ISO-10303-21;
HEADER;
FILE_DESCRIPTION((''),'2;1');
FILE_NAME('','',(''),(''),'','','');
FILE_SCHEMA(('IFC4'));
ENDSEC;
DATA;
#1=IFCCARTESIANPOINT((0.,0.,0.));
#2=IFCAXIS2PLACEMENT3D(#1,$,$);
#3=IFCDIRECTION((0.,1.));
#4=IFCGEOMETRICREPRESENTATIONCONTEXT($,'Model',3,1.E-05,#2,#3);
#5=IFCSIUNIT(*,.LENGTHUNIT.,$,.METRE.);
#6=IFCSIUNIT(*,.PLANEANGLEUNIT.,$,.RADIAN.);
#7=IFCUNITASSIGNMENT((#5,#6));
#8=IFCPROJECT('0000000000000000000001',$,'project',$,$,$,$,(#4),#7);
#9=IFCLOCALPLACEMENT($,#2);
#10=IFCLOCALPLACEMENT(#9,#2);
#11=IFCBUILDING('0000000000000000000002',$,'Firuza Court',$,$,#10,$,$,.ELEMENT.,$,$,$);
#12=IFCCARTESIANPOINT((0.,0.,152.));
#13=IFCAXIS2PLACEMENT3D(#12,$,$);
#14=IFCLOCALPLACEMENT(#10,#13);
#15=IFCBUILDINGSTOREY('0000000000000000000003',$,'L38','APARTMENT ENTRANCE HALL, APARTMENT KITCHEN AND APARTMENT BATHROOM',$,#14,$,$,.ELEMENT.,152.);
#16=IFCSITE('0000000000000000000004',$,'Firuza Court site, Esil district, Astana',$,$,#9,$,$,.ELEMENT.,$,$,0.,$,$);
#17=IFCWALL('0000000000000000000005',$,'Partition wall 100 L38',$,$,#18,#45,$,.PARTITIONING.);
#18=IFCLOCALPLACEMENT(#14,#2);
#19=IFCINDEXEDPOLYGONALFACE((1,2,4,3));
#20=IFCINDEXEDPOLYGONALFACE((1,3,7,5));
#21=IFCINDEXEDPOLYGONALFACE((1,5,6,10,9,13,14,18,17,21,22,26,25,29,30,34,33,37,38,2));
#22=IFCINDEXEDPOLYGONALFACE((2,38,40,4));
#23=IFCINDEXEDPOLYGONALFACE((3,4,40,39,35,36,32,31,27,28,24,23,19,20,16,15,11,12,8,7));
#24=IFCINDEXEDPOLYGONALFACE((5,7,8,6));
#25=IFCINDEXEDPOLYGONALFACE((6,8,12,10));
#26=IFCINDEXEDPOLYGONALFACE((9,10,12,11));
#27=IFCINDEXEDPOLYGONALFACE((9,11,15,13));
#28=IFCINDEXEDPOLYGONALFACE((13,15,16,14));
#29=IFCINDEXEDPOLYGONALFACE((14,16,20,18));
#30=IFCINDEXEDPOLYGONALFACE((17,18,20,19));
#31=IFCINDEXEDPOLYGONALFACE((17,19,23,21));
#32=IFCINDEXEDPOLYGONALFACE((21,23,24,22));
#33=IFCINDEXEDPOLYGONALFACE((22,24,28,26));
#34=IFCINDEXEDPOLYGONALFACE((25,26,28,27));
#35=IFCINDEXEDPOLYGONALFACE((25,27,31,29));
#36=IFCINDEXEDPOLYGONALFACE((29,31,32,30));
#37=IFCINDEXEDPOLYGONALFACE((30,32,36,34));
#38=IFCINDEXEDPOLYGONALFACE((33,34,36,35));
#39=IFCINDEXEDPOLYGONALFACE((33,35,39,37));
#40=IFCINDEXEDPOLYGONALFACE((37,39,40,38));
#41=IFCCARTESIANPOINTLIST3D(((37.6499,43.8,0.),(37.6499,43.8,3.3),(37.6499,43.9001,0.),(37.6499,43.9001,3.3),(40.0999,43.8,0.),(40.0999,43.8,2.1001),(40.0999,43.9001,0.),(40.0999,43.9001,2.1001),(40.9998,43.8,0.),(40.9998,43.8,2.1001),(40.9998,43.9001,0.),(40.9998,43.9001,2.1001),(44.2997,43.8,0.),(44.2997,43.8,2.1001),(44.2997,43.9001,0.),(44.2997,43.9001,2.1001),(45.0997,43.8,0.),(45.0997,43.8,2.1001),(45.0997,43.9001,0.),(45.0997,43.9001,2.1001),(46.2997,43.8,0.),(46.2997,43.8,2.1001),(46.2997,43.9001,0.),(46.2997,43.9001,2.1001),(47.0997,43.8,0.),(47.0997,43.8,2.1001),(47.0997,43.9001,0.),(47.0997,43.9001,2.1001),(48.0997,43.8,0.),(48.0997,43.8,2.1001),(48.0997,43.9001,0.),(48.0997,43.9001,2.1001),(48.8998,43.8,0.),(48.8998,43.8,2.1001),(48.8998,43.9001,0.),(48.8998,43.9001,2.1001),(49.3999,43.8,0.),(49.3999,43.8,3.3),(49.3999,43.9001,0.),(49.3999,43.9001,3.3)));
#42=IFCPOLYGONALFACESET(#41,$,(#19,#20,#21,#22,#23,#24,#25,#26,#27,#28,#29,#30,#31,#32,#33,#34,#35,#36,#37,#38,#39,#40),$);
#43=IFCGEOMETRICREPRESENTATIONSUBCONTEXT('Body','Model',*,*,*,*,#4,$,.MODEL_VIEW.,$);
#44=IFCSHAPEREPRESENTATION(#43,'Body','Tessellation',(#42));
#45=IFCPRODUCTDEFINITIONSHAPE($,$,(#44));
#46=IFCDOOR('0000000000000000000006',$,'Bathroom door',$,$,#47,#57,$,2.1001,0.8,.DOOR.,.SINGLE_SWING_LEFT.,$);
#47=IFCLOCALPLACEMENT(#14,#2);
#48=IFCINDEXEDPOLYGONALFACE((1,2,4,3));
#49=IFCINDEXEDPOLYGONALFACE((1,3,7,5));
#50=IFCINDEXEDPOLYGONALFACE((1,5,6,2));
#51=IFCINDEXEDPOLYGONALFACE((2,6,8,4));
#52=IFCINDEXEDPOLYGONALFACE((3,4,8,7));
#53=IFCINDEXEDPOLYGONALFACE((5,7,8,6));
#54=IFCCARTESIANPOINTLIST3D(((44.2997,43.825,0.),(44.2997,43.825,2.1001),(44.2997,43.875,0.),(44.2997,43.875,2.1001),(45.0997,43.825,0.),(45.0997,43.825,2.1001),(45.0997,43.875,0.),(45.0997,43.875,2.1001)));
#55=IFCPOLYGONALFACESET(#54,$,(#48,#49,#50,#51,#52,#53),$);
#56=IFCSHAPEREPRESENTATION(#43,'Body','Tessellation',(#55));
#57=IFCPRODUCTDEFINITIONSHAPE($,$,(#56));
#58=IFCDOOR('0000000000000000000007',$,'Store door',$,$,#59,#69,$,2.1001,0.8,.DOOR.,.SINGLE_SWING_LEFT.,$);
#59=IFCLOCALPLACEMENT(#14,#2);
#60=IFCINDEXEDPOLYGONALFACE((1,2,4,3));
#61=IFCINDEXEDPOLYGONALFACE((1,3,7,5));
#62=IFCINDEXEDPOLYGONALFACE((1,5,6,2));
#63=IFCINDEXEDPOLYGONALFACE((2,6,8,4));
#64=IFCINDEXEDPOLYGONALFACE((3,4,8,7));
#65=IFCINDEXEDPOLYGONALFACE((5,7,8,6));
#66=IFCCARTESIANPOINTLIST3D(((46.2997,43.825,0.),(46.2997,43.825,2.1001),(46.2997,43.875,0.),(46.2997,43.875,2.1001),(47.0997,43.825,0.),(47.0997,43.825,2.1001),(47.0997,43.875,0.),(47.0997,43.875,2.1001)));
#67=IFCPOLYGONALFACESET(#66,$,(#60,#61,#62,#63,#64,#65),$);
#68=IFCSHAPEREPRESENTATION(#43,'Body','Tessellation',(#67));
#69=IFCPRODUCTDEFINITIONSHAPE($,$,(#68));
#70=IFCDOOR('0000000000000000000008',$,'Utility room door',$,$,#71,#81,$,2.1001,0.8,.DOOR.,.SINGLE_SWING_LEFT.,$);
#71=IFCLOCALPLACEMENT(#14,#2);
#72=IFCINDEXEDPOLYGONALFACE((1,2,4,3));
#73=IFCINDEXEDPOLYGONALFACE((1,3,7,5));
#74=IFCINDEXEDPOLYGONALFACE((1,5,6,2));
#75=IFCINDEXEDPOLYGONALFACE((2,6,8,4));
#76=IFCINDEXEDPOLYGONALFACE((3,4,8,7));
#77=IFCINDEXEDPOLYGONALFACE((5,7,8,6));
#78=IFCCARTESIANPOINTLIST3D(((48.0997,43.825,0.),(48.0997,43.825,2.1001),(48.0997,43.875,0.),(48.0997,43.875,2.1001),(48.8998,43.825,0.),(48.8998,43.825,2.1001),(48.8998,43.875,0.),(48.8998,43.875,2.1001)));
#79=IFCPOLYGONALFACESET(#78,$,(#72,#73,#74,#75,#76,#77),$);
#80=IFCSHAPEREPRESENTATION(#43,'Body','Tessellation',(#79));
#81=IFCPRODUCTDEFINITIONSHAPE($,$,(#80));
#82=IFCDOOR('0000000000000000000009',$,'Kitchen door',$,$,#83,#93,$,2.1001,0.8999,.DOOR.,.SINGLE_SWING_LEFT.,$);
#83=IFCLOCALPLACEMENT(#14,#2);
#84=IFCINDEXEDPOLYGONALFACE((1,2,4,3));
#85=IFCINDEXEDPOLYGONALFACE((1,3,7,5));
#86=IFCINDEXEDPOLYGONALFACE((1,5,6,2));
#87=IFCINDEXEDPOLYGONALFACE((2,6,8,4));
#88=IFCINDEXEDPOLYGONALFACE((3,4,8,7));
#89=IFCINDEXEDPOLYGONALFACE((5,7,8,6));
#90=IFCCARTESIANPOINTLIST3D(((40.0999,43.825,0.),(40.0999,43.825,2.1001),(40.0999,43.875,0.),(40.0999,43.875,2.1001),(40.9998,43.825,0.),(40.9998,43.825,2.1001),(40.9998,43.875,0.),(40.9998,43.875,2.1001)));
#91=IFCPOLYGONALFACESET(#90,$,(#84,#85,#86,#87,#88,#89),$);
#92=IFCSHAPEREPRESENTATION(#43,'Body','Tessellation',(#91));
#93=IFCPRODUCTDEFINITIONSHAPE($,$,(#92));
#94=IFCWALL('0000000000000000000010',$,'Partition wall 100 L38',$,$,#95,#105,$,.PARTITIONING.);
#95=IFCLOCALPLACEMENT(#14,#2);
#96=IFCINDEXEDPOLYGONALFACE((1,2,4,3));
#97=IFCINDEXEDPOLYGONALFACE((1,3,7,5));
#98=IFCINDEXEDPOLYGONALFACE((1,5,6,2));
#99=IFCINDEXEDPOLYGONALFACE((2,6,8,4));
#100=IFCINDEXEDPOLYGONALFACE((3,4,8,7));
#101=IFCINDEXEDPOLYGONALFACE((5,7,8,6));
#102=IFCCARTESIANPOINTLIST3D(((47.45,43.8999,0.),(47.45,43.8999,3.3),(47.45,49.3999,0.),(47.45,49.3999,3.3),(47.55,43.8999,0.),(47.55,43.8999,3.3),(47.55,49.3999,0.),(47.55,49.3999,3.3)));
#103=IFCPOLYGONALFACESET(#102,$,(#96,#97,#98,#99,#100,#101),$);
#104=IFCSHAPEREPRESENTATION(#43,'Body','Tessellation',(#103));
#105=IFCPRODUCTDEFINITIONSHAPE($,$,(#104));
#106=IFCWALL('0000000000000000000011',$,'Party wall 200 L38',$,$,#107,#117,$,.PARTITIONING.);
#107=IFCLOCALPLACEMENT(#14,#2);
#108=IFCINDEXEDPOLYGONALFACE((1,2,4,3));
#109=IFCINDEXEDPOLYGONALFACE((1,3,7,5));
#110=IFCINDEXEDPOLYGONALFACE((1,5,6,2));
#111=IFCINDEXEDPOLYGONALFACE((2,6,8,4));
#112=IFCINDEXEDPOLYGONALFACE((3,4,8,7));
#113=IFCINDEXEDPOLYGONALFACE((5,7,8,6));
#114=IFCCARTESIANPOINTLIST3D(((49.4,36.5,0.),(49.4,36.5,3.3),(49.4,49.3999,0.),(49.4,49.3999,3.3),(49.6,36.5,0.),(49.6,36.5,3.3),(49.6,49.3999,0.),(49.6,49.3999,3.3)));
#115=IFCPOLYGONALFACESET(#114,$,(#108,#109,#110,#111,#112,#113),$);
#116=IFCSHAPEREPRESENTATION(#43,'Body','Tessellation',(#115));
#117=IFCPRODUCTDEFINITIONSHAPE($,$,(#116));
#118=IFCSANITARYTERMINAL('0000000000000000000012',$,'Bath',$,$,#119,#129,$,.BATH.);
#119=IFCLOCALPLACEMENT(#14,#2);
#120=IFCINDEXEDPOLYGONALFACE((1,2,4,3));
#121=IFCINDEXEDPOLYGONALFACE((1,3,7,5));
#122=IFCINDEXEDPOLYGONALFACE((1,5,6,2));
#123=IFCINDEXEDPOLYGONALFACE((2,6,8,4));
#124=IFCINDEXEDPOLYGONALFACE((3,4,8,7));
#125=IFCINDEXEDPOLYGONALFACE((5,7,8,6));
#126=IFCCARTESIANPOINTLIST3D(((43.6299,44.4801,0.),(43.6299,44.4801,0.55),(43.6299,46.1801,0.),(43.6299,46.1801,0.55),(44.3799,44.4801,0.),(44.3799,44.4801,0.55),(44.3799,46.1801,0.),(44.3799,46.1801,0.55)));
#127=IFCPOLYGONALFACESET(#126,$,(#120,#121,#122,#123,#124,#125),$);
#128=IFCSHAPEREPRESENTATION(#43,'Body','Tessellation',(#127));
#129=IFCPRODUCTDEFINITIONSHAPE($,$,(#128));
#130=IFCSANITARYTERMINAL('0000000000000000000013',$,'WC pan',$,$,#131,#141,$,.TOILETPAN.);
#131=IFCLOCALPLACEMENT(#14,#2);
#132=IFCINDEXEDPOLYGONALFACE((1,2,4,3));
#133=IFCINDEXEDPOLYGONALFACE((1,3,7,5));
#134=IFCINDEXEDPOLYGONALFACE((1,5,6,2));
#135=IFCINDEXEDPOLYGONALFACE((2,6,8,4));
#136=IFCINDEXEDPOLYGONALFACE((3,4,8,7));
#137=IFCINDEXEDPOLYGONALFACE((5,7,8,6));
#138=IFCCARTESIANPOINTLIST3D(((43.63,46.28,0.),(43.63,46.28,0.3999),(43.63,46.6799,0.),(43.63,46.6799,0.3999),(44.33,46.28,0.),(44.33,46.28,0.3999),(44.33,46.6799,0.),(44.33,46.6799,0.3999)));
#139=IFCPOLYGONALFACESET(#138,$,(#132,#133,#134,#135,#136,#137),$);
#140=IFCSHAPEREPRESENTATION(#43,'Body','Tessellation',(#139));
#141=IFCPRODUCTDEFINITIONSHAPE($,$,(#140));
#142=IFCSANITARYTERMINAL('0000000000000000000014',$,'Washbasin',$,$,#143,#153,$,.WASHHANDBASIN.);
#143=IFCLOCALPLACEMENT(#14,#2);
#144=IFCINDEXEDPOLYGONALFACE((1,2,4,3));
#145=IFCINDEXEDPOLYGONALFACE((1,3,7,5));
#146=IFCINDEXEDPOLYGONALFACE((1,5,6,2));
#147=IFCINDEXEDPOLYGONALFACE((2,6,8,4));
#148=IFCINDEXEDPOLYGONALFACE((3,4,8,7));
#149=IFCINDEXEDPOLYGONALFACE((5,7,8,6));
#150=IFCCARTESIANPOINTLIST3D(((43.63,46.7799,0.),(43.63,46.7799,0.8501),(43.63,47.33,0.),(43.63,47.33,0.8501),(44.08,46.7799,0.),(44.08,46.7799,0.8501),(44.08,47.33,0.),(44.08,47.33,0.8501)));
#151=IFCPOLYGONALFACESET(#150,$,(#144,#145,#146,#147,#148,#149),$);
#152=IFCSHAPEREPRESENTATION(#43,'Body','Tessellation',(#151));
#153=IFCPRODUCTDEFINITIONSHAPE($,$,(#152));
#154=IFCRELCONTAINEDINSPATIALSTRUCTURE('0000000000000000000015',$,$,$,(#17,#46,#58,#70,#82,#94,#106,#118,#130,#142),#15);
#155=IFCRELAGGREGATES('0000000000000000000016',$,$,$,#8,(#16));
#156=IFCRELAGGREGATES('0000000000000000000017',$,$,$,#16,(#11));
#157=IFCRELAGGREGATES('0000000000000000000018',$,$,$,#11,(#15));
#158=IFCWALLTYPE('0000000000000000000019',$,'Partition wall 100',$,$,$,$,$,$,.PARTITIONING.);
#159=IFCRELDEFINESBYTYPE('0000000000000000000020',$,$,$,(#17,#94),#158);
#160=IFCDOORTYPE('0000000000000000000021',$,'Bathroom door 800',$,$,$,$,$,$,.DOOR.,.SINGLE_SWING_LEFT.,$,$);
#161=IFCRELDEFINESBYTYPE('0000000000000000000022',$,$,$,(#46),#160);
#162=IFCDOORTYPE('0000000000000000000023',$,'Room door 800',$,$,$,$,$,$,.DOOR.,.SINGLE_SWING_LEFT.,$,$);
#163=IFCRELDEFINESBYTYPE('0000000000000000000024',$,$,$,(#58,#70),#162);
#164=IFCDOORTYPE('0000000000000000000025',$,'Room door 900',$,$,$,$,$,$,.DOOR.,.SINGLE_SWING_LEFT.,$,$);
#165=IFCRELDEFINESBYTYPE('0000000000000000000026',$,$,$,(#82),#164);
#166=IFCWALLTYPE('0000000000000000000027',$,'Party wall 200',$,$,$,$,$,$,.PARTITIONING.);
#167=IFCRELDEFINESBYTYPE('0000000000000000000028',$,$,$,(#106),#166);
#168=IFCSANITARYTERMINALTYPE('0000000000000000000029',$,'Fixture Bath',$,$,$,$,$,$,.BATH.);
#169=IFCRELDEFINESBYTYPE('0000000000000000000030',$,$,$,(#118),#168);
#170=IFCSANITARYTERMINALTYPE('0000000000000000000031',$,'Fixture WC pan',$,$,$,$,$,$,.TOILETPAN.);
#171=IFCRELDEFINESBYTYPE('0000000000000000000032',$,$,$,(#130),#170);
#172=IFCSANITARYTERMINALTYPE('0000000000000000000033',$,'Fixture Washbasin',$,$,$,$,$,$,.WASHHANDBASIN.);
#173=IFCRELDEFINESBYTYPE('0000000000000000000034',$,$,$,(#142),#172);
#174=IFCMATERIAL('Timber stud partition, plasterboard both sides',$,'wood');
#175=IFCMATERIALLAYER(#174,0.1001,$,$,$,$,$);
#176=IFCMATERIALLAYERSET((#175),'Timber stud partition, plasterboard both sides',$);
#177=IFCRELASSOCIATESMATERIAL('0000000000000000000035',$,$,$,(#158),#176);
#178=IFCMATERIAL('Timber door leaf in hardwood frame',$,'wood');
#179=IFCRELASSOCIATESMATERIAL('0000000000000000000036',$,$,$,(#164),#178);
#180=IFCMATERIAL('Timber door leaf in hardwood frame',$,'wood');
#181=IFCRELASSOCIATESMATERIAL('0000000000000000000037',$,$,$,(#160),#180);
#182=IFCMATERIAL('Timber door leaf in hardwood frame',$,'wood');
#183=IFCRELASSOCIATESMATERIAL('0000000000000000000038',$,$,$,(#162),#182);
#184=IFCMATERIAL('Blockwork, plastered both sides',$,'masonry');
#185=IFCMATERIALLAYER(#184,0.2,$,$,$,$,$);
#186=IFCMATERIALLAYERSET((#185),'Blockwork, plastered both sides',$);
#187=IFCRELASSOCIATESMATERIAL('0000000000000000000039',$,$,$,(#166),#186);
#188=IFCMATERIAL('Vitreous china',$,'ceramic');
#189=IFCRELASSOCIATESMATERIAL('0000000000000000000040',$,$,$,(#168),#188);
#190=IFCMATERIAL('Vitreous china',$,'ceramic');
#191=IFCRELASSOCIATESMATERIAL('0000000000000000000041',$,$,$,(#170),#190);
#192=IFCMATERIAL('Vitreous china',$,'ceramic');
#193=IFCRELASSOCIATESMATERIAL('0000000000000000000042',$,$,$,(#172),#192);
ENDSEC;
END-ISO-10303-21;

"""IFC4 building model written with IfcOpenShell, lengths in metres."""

from ifc_helpers import new_model, si_unit, direction, frame, frame_2d, origin, origin_2d, place, context, subcontext, project, spatial, rectangle, extrude, material, layer, layer_set, type_object, element, fill, save


model = new_model("IFC4")

# Units and contexts
model_context = context("Model", 3, precision=1e-05, world=origin(), true_north=direction((0.0, 1.0)))
body_context = subcontext(model_context, "Body", "Model", "MODEL_VIEW")
ifc_project = project(units=[si_unit("LENGTHUNIT", "METRE"), si_unit("PLANEANGLEUNIT", "RADIAN")], contexts=[model_context])

# Site, building, storey
site_placement = place(None, origin())
site = spatial("IfcSite", under=ifc_project, at=site_placement, Name="Firuza Court site, Esil district, Astana", CompositionType="ELEMENT", RefElevation=0.0)
building_placement = place(site_placement, origin())
building = spatial("IfcBuilding", under=site, at=building_placement, Name="Firuza Court", CompositionType="ELEMENT")
storey_placement = place(building_placement, frame((0.0, 0.0, 152.0)))
storey = spatial("IfcBuildingStorey", under=building, at=storey_placement, Name="L38", Description="APARTMENT ENTRANCE HALL, APARTMENT KITCHEN AND APARTMENT BATHROOM", CompositionType="ELEMENT", Elevation=152.0)

# Shared definitions
ifc_material_1 = material(Name="Blockwork, plastered both sides", Category="masonry")

# Shared definitions
ifc_material_2 = material(Name="Timber stud partition, plasterboard both sides", Category="wood")
ifc_layer_1 = layer(ifc_material_2, 0.1001)
ifc_layer_set_1 = layer_set([ifc_layer_1], Name="Timber stud partition, plasterboard both sides")
wall_type_1 = type_object("IfcWallType", Name="Partition wall 100", PredefinedType="PARTITIONING", material=ifc_layer_set_1)

# Shared definitions
ifc_material_3 = material(Name="Timber door leaf in hardwood frame", Category="wood")
door_type_1 = type_object("IfcDoorType", Name="Room door 900", OperationType="SINGLE_SWING_LEFT", PredefinedType="DOOR", material=ifc_material_3)

# Wall, openings, doors
wall_1_placement = place(storey_placement, frame((37.6499, 43.8501, 0.0), z_axis=(0.0, 0.0, 1.0), x_axis=(1.0, 0.0, 0.0)))
wall_1 = element("IfcWall", 1, at=wall_1_placement, inside=storey, type_object=wall_type_1, Name="Partition wall 100 L38", PredefinedType="PARTITIONING", context=body_context, shape_type="SweptSolid", body=[
    extrude(rectangle(XDim=11.75, YDim=0.1001, at=frame_2d((5.875, 0.0))), origin(), (0.0, 0.0, 1.0), 3.3),
])
opening_1_placement = place(wall_1_placement, frame((6.6499, 0.0, 0.0)))
opening_1 = element("IfcOpeningElement", 2, at=opening_1_placement, cuts=wall_1, PredefinedType="OPENING", context=body_context, shape_type="SweptSolid", body=[
    extrude(rectangle(XDim=0.8, YDim=2.1001, at=frame_2d((0.3999, 1.05))), frame((0.0, 0.062, 0.0), z_axis=(0.0, -1.0, 0.0), x_axis=(1.0, 0.0, 0.0)), (0.0, 0.0, 1.0), 0.124),
])
opening_2_placement = place(wall_1_placement, frame((2.45, 0.0, 0.0)))
opening_2 = element("IfcOpeningElement", 3, at=opening_2_placement, cuts=wall_1, PredefinedType="OPENING", context=body_context, shape_type="SweptSolid", body=[
    extrude(rectangle(XDim=0.8999, YDim=2.1001, at=frame_2d((0.45, 1.05))), frame((0.0, 0.062, 0.0), z_axis=(0.0, -1.0, 0.0), x_axis=(1.0, 0.0, 0.0)), (0.0, 0.0, 1.0), 0.124),
])
opening_3_placement = place(wall_1_placement, frame((8.6499, 0.0, 0.0)))
opening_3 = element("IfcOpeningElement", 4, at=opening_3_placement, cuts=wall_1, PredefinedType="OPENING", context=body_context, shape_type="SweptSolid", body=[
    extrude(rectangle(XDim=0.8, YDim=2.1001, at=frame_2d((0.3999, 1.05))), frame((0.0, 0.062, 0.0), z_axis=(0.0, -1.0, 0.0), x_axis=(1.0, 0.0, 0.0)), (0.0, 0.0, 1.0), 0.124),
])
opening_4_placement = place(wall_1_placement, frame((10.45, 0.0, 0.0)))
opening_4 = element("IfcOpeningElement", 5, at=opening_4_placement, cuts=wall_1, PredefinedType="OPENING", context=body_context, shape_type="SweptSolid", body=[
    extrude(rectangle(XDim=0.8, YDim=2.1001, at=frame_2d((0.3999, 1.05))), frame((0.0, 0.062, 0.0), z_axis=(0.0, -1.0, 0.0), x_axis=(1.0, 0.0, 0.0)), (0.0, 0.0, 1.0), 0.124),
])
ifc_material_4 = material(Name="Timber door leaf in hardwood frame", Category="wood")
door_type_2 = type_object("IfcDoorType", Name="Bathroom door 800", OperationType="SINGLE_SWING_LEFT", PredefinedType="DOOR", material=ifc_material_4)
door_1_placement = place(opening_1_placement, origin())
door_1 = element("IfcDoor", 6, at=door_1_placement, inside=storey, type_object=door_type_2, Name="Bathroom door", OperationType="SINGLE_SWING_LEFT", OverallHeight=2.1001, OverallWidth=0.8, PredefinedType="DOOR", context=body_context, shape_type="SweptSolid", body=[
    extrude(rectangle(XDim=0.8, YDim=2.1001, at=frame_2d((0.3999, 1.05))), frame((0.0, 0.0249, 0.0), z_axis=(0.0, -1.0, 0.0), x_axis=(1.0, 0.0, 0.0)), (0.0, 0.0, 1.0), 0.05),
])
fill(opening_1, door_1)
ifc_material_5 = material(Name="Timber door leaf in hardwood frame", Category="wood")
door_type_3 = type_object("IfcDoorType", Name="Room door 800", OperationType="SINGLE_SWING_LEFT", PredefinedType="DOOR", material=ifc_material_5)
door_2_placement = place(opening_3_placement, origin())
door_2 = element("IfcDoor", 7, at=door_2_placement, inside=storey, type_object=door_type_3, Name="Store door", OperationType="SINGLE_SWING_LEFT", OverallHeight=2.1001, OverallWidth=0.8, PredefinedType="DOOR", context=body_context, shape_type="SweptSolid", body=[
    extrude(rectangle(XDim=0.8, YDim=2.1001, at=frame_2d((0.3999, 1.05))), frame((0.0, 0.0249, 0.0), z_axis=(0.0, -1.0, 0.0), x_axis=(1.0, 0.0, 0.0)), (0.0, 0.0, 1.0), 0.05),
])
fill(opening_3, door_2)
door_3_placement = place(opening_4_placement, origin())
door_3 = element("IfcDoor", 8, at=door_3_placement, inside=storey, type_object=door_type_3, Name="Utility room door", OperationType="SINGLE_SWING_LEFT", OverallHeight=2.1001, OverallWidth=0.8, PredefinedType="DOOR", context=body_context, shape_type="SweptSolid", body=[
    extrude(rectangle(XDim=0.8, YDim=2.1001, at=frame_2d((0.3999, 1.05))), frame((0.0, 0.0249, 0.0), z_axis=(0.0, -1.0, 0.0), x_axis=(1.0, 0.0, 0.0)), (0.0, 0.0, 1.0), 0.05),
])
fill(opening_4, door_3)
door_4_placement = place(opening_2_placement, origin())
door_4 = element("IfcDoor", 9, at=door_4_placement, inside=storey, type_object=door_type_1, Name="Kitchen door", OperationType="SINGLE_SWING_LEFT", OverallHeight=2.1001, OverallWidth=0.8999, PredefinedType="DOOR", context=body_context, shape_type="SweptSolid", body=[
    extrude(rectangle(XDim=0.8999, YDim=2.1001, at=frame_2d((0.45, 1.05))), frame((0.0, 0.0249, 0.0), z_axis=(0.0, -1.0, 0.0), x_axis=(1.0, 0.0, 0.0)), (0.0, 0.0, 1.0), 0.05),
])
fill(opening_2, door_4)

# Walls
wall_2_placement = place(storey_placement, frame((47.5, 43.8999, 0.0), z_axis=(0.0, 0.0, 1.0), x_axis=(0.0, 1.0, 0.0)))
element("IfcWall", 10, at=wall_2_placement, inside=storey, type_object=wall_type_1, Name="Partition wall 100 L38", PredefinedType="PARTITIONING", context=body_context, shape_type="SweptSolid", body=[
    extrude(rectangle(XDim=5.5, YDim=0.1001, at=frame_2d((2.75, 0.0))), origin(), (0.0, 0.0, 1.0), 3.3),
])
ifc_layer_2 = layer(ifc_material_1, 0.2)
ifc_layer_set_2 = layer_set([ifc_layer_2], Name="Blockwork, plastered both sides")
wall_type_2 = type_object("IfcWallType", Name="Party wall 200", PredefinedType="PARTITIONING", material=ifc_layer_set_2)
wall_3_placement = place(storey_placement, frame((49.5, 36.5, 0.0), z_axis=(0.0, 0.0, 1.0), x_axis=(0.0, 1.0, 0.0)))
element("IfcWall", 11, at=wall_3_placement, inside=storey, type_object=wall_type_2, Name="Party wall 200 L38", PredefinedType="PARTITIONING", context=body_context, shape_type="SweptSolid", body=[
    extrude(rectangle(XDim=12.8999, YDim=0.2, at=frame_2d((6.45, 0.0))), origin(), (0.0, 0.0, 1.0), 3.3),
])

# Sanitary terminals
ifc_material_6 = material(Name="Vitreous china", Category="ceramic")
sanitary_terminal_type_1 = type_object("IfcSanitaryTerminalType", Name="Fixture Bath", PredefinedType="BATH", material=ifc_material_6)
sanitary_terminal_1_placement = place(storey_placement, frame((44.0049, 45.3301, 0.0), z_axis=(0.0, 0.0, 1.0), x_axis=(1.0, 0.0, 0.0)))
element("IfcSanitaryTerminal", 12, at=sanitary_terminal_1_placement, inside=storey, type_object=sanitary_terminal_type_1, Name="Bath", PredefinedType="BATH", context=body_context, shape_type="SweptSolid", body=[
    extrude(rectangle(XDim=0.75, YDim=1.7, at=origin_2d()), origin(), (0.0, 0.0, 1.0), 0.55),
])
ifc_material_7 = material(Name="Vitreous china", Category="ceramic")
sanitary_terminal_type_2 = type_object("IfcSanitaryTerminalType", Name="Fixture WC pan", PredefinedType="TOILETPAN", material=ifc_material_7)
sanitary_terminal_2_placement = place(storey_placement, frame((43.98, 46.48, 0.0), z_axis=(0.0, 0.0, 1.0), x_axis=(1.0, 0.0, 0.0)))
element("IfcSanitaryTerminal", 13, at=sanitary_terminal_2_placement, inside=storey, type_object=sanitary_terminal_type_2, Name="WC pan", PredefinedType="TOILETPAN", context=body_context, shape_type="SweptSolid", body=[
    extrude(rectangle(XDim=0.7, YDim=0.3999, at=origin_2d()), origin(), (0.0, 0.0, 1.0), 0.3999),
])
ifc_material_8 = material(Name="Vitreous china", Category="ceramic")
sanitary_terminal_type_3 = type_object("IfcSanitaryTerminalType", Name="Fixture Washbasin", PredefinedType="WASHHANDBASIN", material=ifc_material_8)
sanitary_terminal_3_placement = place(storey_placement, frame((43.855, 47.0549, 0.0), z_axis=(0.0, 0.0, 1.0), x_axis=(1.0, 0.0, 0.0)))
element("IfcSanitaryTerminal", 14, at=sanitary_terminal_3_placement, inside=storey, type_object=sanitary_terminal_type_3, Name="Washbasin", PredefinedType="WASHHANDBASIN", context=body_context, shape_type="SweptSolid", body=[
    extrude(rectangle(XDim=0.45, YDim=0.55, at=origin_2d()), origin(), (0.0, 0.0, 1.0), 0.8501),
])

save(model, "model.ifc")
